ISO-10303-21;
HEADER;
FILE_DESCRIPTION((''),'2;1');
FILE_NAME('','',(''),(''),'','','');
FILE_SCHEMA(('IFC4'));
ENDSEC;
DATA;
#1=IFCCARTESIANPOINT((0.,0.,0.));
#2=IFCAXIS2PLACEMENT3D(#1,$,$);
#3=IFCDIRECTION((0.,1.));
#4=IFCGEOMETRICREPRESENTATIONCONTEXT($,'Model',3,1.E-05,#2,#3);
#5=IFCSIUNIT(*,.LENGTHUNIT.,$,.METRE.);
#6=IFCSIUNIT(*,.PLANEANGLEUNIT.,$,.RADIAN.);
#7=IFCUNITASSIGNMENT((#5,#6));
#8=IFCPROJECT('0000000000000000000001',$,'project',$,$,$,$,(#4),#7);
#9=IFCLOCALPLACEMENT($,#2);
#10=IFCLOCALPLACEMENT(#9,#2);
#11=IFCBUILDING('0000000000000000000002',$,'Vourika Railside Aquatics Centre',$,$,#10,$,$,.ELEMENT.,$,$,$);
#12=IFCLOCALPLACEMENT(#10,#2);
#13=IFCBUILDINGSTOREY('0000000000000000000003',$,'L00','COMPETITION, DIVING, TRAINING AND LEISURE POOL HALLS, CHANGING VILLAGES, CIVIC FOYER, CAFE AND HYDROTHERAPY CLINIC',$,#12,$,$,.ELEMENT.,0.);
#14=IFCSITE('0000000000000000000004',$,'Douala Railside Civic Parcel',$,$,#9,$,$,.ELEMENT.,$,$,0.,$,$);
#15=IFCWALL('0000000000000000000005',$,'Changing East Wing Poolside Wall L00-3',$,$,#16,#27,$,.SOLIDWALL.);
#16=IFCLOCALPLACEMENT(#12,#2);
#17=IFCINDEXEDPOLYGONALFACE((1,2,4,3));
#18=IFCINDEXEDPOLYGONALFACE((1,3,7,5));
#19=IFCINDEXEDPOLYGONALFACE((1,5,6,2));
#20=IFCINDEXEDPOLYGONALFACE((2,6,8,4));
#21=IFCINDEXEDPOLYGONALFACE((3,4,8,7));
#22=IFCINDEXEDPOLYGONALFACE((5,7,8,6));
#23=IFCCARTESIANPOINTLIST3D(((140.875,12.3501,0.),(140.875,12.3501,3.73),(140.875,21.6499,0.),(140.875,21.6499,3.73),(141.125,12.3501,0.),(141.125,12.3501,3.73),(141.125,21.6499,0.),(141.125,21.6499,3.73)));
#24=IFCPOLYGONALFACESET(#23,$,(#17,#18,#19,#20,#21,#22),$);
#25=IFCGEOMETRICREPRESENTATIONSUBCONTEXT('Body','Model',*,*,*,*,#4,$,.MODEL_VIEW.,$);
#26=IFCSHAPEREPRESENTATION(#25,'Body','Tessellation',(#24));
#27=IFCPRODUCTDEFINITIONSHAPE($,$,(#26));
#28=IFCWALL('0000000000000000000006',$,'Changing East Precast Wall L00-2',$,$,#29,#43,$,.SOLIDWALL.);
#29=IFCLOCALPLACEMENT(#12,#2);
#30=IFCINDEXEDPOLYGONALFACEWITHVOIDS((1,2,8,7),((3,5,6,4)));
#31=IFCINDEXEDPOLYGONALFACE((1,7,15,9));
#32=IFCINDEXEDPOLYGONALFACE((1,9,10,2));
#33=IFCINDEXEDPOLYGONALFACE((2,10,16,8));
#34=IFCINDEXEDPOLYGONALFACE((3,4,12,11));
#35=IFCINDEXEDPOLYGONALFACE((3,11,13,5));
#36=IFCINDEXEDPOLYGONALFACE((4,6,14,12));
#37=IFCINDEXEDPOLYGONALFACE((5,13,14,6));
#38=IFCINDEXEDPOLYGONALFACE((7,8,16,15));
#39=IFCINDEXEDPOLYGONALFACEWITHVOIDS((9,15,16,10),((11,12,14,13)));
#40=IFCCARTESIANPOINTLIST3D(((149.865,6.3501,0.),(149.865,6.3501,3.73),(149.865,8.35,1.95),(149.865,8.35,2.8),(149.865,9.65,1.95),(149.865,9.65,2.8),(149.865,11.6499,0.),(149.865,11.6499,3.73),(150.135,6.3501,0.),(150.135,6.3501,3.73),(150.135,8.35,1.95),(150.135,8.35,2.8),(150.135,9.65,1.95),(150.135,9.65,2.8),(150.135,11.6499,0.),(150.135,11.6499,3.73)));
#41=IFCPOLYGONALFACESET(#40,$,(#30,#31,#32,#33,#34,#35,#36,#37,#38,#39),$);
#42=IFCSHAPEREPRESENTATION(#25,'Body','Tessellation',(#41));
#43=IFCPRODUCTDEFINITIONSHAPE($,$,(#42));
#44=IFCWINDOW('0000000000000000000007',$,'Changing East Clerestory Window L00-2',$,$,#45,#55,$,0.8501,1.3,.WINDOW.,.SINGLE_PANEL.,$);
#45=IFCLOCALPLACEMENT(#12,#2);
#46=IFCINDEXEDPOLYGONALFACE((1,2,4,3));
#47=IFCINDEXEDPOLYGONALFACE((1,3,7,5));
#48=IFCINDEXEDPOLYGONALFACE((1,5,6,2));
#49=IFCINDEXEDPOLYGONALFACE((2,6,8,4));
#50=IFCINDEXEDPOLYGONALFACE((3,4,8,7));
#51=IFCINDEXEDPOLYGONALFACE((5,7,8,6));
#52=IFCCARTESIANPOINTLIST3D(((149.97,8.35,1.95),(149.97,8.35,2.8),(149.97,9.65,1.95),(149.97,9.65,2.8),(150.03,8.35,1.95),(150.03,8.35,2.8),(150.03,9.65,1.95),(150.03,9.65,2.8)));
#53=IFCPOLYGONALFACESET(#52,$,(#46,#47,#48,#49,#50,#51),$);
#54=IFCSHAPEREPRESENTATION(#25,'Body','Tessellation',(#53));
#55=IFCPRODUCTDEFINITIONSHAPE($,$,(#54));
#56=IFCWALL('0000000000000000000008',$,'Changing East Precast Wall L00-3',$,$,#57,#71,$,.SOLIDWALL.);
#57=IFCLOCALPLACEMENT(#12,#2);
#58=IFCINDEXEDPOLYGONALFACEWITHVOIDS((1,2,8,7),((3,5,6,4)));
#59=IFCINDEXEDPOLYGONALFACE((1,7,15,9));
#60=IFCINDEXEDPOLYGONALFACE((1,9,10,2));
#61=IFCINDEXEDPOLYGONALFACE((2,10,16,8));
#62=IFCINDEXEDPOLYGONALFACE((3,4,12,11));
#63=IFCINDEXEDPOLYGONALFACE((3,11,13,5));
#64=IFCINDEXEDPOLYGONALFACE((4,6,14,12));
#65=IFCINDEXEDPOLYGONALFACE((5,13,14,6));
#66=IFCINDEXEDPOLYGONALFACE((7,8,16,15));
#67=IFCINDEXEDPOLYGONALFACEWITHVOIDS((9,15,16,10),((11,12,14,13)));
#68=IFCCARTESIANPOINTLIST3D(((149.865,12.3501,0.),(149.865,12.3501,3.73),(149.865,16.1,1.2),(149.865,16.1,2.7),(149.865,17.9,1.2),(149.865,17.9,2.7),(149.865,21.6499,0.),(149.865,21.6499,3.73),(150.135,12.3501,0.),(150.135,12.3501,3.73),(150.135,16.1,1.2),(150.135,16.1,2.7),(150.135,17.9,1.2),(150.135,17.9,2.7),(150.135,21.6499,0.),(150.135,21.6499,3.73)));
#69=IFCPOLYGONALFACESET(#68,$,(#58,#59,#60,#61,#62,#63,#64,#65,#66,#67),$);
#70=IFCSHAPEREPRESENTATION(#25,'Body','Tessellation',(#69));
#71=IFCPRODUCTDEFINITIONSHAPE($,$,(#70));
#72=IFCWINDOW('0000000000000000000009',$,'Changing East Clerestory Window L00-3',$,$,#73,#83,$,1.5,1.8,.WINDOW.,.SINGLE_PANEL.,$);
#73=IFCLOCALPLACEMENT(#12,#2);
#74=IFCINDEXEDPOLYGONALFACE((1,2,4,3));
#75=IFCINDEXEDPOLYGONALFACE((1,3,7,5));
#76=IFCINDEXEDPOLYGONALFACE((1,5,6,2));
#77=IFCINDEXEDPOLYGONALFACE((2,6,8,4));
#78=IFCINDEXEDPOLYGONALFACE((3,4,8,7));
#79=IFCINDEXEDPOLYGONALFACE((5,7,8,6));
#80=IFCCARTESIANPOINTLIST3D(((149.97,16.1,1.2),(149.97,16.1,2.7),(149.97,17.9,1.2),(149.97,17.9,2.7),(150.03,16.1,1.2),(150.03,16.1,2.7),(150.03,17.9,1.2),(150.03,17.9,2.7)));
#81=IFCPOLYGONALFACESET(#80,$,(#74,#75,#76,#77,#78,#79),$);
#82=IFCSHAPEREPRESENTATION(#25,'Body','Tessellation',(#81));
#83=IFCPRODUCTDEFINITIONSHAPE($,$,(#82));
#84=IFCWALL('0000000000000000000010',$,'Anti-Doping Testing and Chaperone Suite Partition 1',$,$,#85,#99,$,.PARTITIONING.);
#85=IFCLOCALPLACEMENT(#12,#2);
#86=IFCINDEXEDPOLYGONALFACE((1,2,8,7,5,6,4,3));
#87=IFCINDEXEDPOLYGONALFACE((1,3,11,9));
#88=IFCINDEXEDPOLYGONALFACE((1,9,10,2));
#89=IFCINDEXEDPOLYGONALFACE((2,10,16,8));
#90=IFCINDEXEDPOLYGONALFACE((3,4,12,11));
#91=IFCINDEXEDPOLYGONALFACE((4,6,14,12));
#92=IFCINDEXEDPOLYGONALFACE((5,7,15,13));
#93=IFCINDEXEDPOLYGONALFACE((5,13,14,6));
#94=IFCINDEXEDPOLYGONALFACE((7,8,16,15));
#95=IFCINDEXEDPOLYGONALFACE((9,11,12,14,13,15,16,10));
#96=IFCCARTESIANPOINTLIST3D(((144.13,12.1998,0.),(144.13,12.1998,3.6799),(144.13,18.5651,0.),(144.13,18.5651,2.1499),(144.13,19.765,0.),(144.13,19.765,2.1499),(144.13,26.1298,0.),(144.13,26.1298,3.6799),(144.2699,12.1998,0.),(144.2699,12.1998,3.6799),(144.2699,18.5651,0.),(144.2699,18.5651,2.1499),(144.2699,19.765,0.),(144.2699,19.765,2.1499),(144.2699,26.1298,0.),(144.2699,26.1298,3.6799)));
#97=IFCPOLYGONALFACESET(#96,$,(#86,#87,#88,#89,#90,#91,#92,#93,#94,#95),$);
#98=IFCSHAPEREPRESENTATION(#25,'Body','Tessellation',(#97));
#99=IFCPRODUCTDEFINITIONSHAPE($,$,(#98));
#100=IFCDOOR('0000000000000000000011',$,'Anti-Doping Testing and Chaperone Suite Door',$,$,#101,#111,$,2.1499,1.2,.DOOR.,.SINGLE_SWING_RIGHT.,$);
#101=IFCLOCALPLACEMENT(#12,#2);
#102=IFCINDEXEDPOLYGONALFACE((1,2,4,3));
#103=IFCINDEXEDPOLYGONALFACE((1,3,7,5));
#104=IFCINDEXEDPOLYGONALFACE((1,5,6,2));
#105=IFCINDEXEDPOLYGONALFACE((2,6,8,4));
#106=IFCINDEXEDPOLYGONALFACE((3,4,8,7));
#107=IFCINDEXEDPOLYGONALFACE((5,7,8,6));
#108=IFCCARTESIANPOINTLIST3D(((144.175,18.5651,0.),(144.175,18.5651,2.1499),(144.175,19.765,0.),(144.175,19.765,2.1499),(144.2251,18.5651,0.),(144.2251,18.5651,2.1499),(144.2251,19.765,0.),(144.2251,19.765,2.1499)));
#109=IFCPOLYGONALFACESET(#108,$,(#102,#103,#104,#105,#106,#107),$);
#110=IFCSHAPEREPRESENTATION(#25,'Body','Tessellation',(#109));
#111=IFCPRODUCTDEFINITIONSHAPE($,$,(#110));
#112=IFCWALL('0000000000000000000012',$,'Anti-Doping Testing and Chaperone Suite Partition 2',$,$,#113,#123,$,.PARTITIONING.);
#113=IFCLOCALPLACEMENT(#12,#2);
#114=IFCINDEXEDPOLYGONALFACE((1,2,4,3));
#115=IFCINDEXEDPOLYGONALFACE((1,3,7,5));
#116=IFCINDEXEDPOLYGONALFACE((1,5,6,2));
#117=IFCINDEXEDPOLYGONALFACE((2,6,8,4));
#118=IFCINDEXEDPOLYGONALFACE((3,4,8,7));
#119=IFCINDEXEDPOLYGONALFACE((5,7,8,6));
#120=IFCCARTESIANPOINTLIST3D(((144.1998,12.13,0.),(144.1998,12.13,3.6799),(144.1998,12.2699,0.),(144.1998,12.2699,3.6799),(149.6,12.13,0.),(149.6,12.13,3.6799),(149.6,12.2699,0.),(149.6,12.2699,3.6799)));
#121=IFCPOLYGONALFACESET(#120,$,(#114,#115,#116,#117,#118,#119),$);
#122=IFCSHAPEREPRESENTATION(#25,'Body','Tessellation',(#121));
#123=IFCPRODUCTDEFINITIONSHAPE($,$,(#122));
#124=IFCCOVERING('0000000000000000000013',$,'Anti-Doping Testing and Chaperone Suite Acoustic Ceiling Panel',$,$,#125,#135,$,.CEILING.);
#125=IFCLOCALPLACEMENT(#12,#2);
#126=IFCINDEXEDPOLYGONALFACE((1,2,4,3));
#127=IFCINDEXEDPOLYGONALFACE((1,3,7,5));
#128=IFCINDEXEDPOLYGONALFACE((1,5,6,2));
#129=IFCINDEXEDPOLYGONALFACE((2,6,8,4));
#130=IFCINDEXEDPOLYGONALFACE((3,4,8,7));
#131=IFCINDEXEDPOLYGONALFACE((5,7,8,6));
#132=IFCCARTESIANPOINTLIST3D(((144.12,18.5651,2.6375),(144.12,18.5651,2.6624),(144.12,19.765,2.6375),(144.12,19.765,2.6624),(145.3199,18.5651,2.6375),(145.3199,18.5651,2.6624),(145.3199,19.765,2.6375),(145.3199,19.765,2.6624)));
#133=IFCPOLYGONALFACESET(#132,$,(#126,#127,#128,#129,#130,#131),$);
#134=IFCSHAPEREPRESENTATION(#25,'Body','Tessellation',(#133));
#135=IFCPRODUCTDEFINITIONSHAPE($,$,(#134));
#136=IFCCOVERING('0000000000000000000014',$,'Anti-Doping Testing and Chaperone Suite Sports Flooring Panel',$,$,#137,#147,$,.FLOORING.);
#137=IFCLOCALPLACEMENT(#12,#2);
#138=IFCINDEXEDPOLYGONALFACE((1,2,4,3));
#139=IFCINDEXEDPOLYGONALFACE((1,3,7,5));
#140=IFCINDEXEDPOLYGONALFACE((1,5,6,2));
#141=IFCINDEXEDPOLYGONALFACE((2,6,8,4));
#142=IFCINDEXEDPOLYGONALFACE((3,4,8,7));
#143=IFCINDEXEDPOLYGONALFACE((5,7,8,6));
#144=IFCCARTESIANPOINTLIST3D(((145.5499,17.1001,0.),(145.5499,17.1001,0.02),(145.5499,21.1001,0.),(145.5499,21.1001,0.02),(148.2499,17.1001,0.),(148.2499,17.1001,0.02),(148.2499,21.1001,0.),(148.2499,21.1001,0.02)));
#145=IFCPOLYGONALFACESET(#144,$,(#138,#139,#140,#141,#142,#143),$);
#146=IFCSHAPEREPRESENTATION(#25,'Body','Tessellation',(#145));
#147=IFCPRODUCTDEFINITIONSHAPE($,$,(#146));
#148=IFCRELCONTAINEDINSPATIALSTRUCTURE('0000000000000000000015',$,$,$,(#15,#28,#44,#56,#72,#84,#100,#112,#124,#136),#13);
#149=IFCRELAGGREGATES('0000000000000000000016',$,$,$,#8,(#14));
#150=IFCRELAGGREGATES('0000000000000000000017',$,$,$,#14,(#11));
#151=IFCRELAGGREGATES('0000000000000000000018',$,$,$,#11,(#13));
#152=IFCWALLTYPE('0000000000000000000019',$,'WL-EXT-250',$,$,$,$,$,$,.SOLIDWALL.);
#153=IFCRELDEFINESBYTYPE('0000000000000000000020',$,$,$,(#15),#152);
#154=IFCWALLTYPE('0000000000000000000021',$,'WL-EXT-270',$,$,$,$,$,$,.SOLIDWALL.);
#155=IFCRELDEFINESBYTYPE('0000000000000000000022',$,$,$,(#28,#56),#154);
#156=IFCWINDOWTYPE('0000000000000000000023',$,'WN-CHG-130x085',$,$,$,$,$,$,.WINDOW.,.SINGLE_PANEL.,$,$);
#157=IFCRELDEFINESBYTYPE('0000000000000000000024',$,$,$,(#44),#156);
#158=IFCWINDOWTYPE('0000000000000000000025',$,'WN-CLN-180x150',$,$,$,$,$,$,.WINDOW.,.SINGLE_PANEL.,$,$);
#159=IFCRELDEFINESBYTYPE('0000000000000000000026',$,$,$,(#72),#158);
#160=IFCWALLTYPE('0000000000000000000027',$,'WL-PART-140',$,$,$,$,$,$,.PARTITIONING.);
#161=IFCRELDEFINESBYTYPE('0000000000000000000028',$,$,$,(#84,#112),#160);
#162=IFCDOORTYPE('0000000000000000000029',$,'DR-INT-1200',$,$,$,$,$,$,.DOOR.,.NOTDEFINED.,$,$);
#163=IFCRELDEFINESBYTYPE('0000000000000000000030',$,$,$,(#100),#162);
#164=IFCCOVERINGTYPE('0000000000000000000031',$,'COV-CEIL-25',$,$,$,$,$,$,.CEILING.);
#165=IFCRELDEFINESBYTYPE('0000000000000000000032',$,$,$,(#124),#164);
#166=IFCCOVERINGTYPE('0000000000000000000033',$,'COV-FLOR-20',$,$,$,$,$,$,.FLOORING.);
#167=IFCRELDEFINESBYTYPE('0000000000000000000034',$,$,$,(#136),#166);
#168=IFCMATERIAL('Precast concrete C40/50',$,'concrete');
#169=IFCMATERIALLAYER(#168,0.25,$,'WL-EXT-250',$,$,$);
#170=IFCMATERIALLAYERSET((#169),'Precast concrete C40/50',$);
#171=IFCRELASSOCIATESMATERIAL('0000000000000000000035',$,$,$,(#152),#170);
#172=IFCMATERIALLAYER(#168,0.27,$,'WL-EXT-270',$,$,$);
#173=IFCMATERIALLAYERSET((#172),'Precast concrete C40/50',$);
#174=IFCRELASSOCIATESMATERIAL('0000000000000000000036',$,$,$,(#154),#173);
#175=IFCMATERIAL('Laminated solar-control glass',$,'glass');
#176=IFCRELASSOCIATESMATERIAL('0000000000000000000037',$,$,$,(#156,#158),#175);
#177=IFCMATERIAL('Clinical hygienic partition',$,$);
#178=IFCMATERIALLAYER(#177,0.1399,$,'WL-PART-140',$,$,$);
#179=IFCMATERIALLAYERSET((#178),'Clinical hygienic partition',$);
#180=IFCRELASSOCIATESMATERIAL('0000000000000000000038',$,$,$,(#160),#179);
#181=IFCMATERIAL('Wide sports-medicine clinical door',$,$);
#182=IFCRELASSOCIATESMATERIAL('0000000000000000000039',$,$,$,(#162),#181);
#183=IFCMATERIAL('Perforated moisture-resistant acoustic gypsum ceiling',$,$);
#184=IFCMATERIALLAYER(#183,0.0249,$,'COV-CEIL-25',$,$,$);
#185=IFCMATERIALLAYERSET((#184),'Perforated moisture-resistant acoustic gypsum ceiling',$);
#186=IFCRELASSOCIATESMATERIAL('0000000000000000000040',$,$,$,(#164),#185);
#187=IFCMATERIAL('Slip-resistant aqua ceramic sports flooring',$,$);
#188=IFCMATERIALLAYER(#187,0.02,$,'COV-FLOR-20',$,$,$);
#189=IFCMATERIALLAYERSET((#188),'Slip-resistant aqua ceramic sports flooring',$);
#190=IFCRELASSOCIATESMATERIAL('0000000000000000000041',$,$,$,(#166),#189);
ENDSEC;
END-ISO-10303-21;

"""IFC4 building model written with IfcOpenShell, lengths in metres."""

from ifc_helpers import new_model, si_unit, direction, frame, frame_2d, origin, origin_2d, place, context, subcontext, project, spatial, rectangle, extrude, material, layer, layer_set, type_object, element, fill, save


model = new_model("IFC4")

# Units and contexts
model_context = context("Model", 3, precision=1e-05, world=origin(), true_north=direction((0.0, 1.0)))
body_context = subcontext(model_context, "Body", "Model", "MODEL_VIEW")
ifc_project = project(units=[si_unit("LENGTHUNIT", "METRE"), si_unit("PLANEANGLEUNIT", "RADIAN")], contexts=[model_context])

# Site, building, storey
site_placement = place(None, origin())
site = spatial("IfcSite", under=ifc_project, at=site_placement, Name="Douala Railside Civic Parcel", CompositionType="ELEMENT", RefElevation=0.0)
building_placement = place(site_placement, origin())
building = spatial("IfcBuilding", under=site, at=building_placement, Name="Vourika Railside Aquatics Centre", CompositionType="ELEMENT")
storey_placement = place(building_placement, origin())
storey = spatial("IfcBuildingStorey", under=building, at=storey_placement, Name="L00", Description="COMPETITION, DIVING, TRAINING AND LEISURE POOL HALLS, CHANGING VILLAGES, CIVIC FOYER, CAFE AND HYDROTHERAPY CLINIC", CompositionType="ELEMENT", Elevation=0.0)

# Wall
ifc_material_1 = material(Name="Precast concrete C40/50", Category="concrete")
ifc_layer_1 = layer(ifc_material_1, 0.25, Name="WL-EXT-250")
ifc_layer_set_1 = layer_set([ifc_layer_1], Name="Precast concrete C40/50")
wall_type_1 = type_object("IfcWallType", Name="WL-EXT-250", PredefinedType="SOLIDWALL", material=ifc_layer_set_1)
wall_1_placement = place(storey_placement, frame((141.0, 21.6499, 0.0), z_axis=(0.0, 0.0, 1.0), x_axis=(0.0, -1.0, 0.0)))
element("IfcWall", 1, at=wall_1_placement, inside=storey, type_object=wall_type_1, Name="Changing East Wing Poolside Wall L00-3", PredefinedType="SOLIDWALL", context=body_context, shape_type="SweptSolid", body=[
    extrude(rectangle(XDim=9.2998, YDim=0.25, at=frame_2d((4.6499, 0.0))), origin(), (0.0, 0.0, 1.0), 3.73),
])

# Walls, openings, windows
ifc_layer_2 = layer(ifc_material_1, 0.27, Name="WL-EXT-270")
ifc_layer_set_2 = layer_set([ifc_layer_2], Name="Precast concrete C40/50")
wall_type_2 = type_object("IfcWallType", Name="WL-EXT-270", PredefinedType="SOLIDWALL", material=ifc_layer_set_2)
wall_2_placement = place(storey_placement, frame((150.0, 6.3501, 0.0), z_axis=(0.0, 0.0, 1.0), x_axis=(0.0, 1.0, 0.0)))
wall_2 = element("IfcWall", 2, at=wall_2_placement, inside=storey, type_object=wall_type_2, Name="Changing East Precast Wall L00-2", PredefinedType="SOLIDWALL", context=body_context, shape_type="SweptSolid", body=[
    extrude(rectangle(XDim=5.2998, YDim=0.27, at=frame_2d((2.6499, 0.0))), origin(), (0.0, 0.0, 1.0), 3.73),
])
opening_1_placement = place(wall_2_placement, frame((2.0, 0.0, 1.95)))
opening_1 = element("IfcOpeningElement", 3, at=opening_1_placement, cuts=wall_2, PredefinedType="OPENING", context=body_context, shape_type="SweptSolid", body=[
    extrude(rectangle(XDim=1.3, YDim=0.8501, at=frame_2d((0.6499, 0.425))), frame((0.0, 0.145, 0.0), z_axis=(0.0, -1.0, 0.0), x_axis=(1.0, 0.0, 0.0)), (0.0, 0.0, 1.0), 0.29),
])
ifc_material_2 = material(Name="Laminated solar-control glass", Category="glass")
window_type_1 = type_object("IfcWindowType", Name="WN-CHG-130x085", PartitioningType="SINGLE_PANEL", PredefinedType="WINDOW", material=ifc_material_2)
window_1_placement = place(opening_1_placement, origin())
window_1 = element("IfcWindow", 4, at=window_1_placement, inside=storey, type_object=window_type_1, Name="Changing East Clerestory Window L00-2", OverallHeight=0.8501, OverallWidth=1.3, PartitioningType="SINGLE_PANEL", PredefinedType="WINDOW", context=body_context, shape_type="SweptSolid", body=[
    extrude(rectangle(XDim=1.3, YDim=0.8501, at=frame_2d((0.6499, 0.425))), frame((0.0, 0.03, 0.0), z_axis=(0.0, -1.0, 0.0), x_axis=(1.0, 0.0, 0.0)), (0.0, 0.0, 1.0), 0.0601),
])
fill(opening_1, window_1)
wall_3_placement = place(storey_placement, frame((150.0, 12.3501, 0.0), z_axis=(0.0, 0.0, 1.0), x_axis=(0.0, 1.0, 0.0)))
wall_3 = element("IfcWall", 5, at=wall_3_placement, inside=storey, type_object=wall_type_2, Name="Changing East Precast Wall L00-3", PredefinedType="SOLIDWALL", context=body_context, shape_type="SweptSolid", body=[
    extrude(rectangle(XDim=9.2998, YDim=0.27, at=frame_2d((4.6499, 0.0))), origin(), (0.0, 0.0, 1.0), 3.73),
])
opening_2_placement = place(wall_3_placement, frame((3.75, 0.0, 1.2)))
opening_2 = element("IfcOpeningElement", 6, at=opening_2_placement, cuts=wall_3, PredefinedType="OPENING", context=body_context, shape_type="SweptSolid", body=[
    extrude(rectangle(XDim=1.8, YDim=1.5, at=frame_2d((0.8999, 0.75))), frame((0.0, 0.145, 0.0), z_axis=(0.0, -1.0, 0.0), x_axis=(1.0, 0.0, 0.0)), (0.0, 0.0, 1.0), 0.29),
])
window_type_2 = type_object("IfcWindowType", Name="WN-CLN-180x150", PartitioningType="SINGLE_PANEL", PredefinedType="WINDOW", material=ifc_material_2)
window_2_placement = place(opening_2_placement, origin())
window_2 = element("IfcWindow", 7, at=window_2_placement, inside=storey, type_object=window_type_2, Name="Changing East Clerestory Window L00-3", OverallHeight=1.5, OverallWidth=1.8, PartitioningType="SINGLE_PANEL", PredefinedType="WINDOW", context=body_context, shape_type="SweptSolid", body=[
    extrude(rectangle(XDim=1.8, YDim=1.5, at=frame_2d((0.8999, 0.75))), frame((0.0, 0.03, 0.0), z_axis=(0.0, -1.0, 0.0), x_axis=(1.0, 0.0, 0.0)), (0.0, 0.0, 1.0), 0.0601),
])
fill(opening_2, window_2)

# Wall, opening, door
ifc_material_3 = material(Name="Clinical hygienic partition")
ifc_layer_3 = layer(ifc_material_3, 0.1399, Name="WL-PART-140")
ifc_layer_set_3 = layer_set([ifc_layer_3], Name="Clinical hygienic partition")
wall_type_3 = type_object("IfcWallType", Name="WL-PART-140", PredefinedType="PARTITIONING", material=ifc_layer_set_3)
wall_4_placement = place(storey_placement, frame((144.2, 12.2, 0.0), z_axis=(0.0, 0.0, 1.0), x_axis=(0.0, 1.0, 0.0)))
wall_4 = element("IfcWall", 8, at=wall_4_placement, inside=storey, type_object=wall_type_3, Name="Anti-Doping Testing and Chaperone Suite Partition 1", PredefinedType="PARTITIONING", context=body_context, shape_type="SweptSolid", body=[
    extrude(rectangle(XDim=13.9299, YDim=0.1399, at=frame_2d((6.9648, 0.0))), origin(), (0.0, 0.0, 1.0), 3.6799),
])
opening_3_placement = place(wall_4_placement, frame((6.365, 0.0, 0.0)))
opening_3 = element("IfcOpeningElement", 9, at=opening_3_placement, cuts=wall_4, PredefinedType="OPENING", context=body_context, shape_type="SweptSolid", body=[
    extrude(rectangle(XDim=1.2, YDim=2.1499, at=frame_2d((0.6001, 1.075))), frame((0.0, 0.0801, 0.0), z_axis=(0.0, -1.0, 0.0), x_axis=(1.0, 0.0, 0.0)), (0.0, 0.0, 1.0), 0.1599),
])
ifc_material_4 = material(Name="Wide sports-medicine clinical door")
door_type_1 = type_object("IfcDoorType", Name="DR-INT-1200", OperationType="NOTDEFINED", PredefinedType="DOOR", material=ifc_material_4)
door_1_placement = place(opening_3_placement, origin())
door_1 = element("IfcDoor", 10, at=door_1_placement, inside=storey, type_object=door_type_1, Name="Anti-Doping Testing and Chaperone Suite Door", OperationType="SINGLE_SWING_RIGHT", OverallHeight=2.1499, OverallWidth=1.2, PredefinedType="DOOR", context=body_context, shape_type="SweptSolid", body=[
    extrude(rectangle(XDim=1.2, YDim=2.1499, at=frame_2d((0.6001, 1.075))), frame((0.0, 0.0249, 0.0), z_axis=(0.0, -1.0, 0.0), x_axis=(1.0, 0.0, 0.0)), (0.0, 0.0, 1.0), 0.05),
])
fill(opening_3, door_1)

# Wall
wall_5_placement = place(storey_placement, frame((149.6001, 12.2, 0.0), z_axis=(0.0, 0.0, 1.0), x_axis=(-1.0, 0.0, 0.0)))
element("IfcWall", 11, at=wall_5_placement, inside=storey, type_object=wall_type_3, Name="Anti-Doping Testing and Chaperone Suite Partition 2", PredefinedType="PARTITIONING", context=body_context, shape_type="SweptSolid", body=[
    extrude(rectangle(XDim=5.4001, YDim=0.1399, at=frame_2d((2.7002, 0.0))), origin(), (0.0, 0.0, 1.0), 3.6799),
])

# Coverings
ifc_material_5 = material(Name="Perforated moisture-resistant acoustic gypsum ceiling")
ifc_layer_4 = layer(ifc_material_5, 0.0249, Name="COV-CEIL-25")
ifc_layer_set_4 = layer_set([ifc_layer_4], Name="Perforated moisture-resistant acoustic gypsum ceiling")
covering_type_1 = type_object("IfcCoveringType", Name="COV-CEIL-25", PredefinedType="CEILING", material=ifc_layer_set_4)
covering_1_placement = place(storey_placement, frame((144.72, 19.165, 2.6375), z_axis=(0.0, 0.0, 1.0), x_axis=(1.0, 0.0, 0.0)))
element("IfcCovering", 12, at=covering_1_placement, inside=storey, type_object=covering_type_1, Name="Anti-Doping Testing and Chaperone Suite Acoustic Ceiling Panel", PredefinedType="CEILING", context=body_context, shape_type="SweptSolid", body=[
    extrude(rectangle(XDim=1.2, YDim=1.2, at=origin_2d()), origin(), (0.0, 0.0, 1.0), 0.0249),
])
ifc_material_6 = material(Name="Slip-resistant aqua ceramic sports flooring")
ifc_layer_5 = layer(ifc_material_6, 0.02, Name="COV-FLOR-20")
ifc_layer_set_5 = layer_set([ifc_layer_5], Name="Slip-resistant aqua ceramic sports flooring")
covering_type_2 = type_object("IfcCoveringType", Name="COV-FLOR-20", PredefinedType="FLOORING", material=ifc_layer_set_5)
covering_2_placement = place(storey_placement, frame((146.8999, 19.1001, 0.0), z_axis=(0.0, 0.0, 1.0), x_axis=(1.0, 0.0, 0.0)))
element("IfcCovering", 13, at=covering_2_placement, inside=storey, type_object=covering_type_2, Name="Anti-Doping Testing and Chaperone Suite Sports Flooring Panel", PredefinedType="FLOORING", context=body_context, shape_type="SweptSolid", body=[
    extrude(rectangle(XDim=2.7, YDim=4.0, at=origin_2d()), origin(), (0.0, 0.0, 1.0), 0.02),
])

save(model, "model.ifc")
